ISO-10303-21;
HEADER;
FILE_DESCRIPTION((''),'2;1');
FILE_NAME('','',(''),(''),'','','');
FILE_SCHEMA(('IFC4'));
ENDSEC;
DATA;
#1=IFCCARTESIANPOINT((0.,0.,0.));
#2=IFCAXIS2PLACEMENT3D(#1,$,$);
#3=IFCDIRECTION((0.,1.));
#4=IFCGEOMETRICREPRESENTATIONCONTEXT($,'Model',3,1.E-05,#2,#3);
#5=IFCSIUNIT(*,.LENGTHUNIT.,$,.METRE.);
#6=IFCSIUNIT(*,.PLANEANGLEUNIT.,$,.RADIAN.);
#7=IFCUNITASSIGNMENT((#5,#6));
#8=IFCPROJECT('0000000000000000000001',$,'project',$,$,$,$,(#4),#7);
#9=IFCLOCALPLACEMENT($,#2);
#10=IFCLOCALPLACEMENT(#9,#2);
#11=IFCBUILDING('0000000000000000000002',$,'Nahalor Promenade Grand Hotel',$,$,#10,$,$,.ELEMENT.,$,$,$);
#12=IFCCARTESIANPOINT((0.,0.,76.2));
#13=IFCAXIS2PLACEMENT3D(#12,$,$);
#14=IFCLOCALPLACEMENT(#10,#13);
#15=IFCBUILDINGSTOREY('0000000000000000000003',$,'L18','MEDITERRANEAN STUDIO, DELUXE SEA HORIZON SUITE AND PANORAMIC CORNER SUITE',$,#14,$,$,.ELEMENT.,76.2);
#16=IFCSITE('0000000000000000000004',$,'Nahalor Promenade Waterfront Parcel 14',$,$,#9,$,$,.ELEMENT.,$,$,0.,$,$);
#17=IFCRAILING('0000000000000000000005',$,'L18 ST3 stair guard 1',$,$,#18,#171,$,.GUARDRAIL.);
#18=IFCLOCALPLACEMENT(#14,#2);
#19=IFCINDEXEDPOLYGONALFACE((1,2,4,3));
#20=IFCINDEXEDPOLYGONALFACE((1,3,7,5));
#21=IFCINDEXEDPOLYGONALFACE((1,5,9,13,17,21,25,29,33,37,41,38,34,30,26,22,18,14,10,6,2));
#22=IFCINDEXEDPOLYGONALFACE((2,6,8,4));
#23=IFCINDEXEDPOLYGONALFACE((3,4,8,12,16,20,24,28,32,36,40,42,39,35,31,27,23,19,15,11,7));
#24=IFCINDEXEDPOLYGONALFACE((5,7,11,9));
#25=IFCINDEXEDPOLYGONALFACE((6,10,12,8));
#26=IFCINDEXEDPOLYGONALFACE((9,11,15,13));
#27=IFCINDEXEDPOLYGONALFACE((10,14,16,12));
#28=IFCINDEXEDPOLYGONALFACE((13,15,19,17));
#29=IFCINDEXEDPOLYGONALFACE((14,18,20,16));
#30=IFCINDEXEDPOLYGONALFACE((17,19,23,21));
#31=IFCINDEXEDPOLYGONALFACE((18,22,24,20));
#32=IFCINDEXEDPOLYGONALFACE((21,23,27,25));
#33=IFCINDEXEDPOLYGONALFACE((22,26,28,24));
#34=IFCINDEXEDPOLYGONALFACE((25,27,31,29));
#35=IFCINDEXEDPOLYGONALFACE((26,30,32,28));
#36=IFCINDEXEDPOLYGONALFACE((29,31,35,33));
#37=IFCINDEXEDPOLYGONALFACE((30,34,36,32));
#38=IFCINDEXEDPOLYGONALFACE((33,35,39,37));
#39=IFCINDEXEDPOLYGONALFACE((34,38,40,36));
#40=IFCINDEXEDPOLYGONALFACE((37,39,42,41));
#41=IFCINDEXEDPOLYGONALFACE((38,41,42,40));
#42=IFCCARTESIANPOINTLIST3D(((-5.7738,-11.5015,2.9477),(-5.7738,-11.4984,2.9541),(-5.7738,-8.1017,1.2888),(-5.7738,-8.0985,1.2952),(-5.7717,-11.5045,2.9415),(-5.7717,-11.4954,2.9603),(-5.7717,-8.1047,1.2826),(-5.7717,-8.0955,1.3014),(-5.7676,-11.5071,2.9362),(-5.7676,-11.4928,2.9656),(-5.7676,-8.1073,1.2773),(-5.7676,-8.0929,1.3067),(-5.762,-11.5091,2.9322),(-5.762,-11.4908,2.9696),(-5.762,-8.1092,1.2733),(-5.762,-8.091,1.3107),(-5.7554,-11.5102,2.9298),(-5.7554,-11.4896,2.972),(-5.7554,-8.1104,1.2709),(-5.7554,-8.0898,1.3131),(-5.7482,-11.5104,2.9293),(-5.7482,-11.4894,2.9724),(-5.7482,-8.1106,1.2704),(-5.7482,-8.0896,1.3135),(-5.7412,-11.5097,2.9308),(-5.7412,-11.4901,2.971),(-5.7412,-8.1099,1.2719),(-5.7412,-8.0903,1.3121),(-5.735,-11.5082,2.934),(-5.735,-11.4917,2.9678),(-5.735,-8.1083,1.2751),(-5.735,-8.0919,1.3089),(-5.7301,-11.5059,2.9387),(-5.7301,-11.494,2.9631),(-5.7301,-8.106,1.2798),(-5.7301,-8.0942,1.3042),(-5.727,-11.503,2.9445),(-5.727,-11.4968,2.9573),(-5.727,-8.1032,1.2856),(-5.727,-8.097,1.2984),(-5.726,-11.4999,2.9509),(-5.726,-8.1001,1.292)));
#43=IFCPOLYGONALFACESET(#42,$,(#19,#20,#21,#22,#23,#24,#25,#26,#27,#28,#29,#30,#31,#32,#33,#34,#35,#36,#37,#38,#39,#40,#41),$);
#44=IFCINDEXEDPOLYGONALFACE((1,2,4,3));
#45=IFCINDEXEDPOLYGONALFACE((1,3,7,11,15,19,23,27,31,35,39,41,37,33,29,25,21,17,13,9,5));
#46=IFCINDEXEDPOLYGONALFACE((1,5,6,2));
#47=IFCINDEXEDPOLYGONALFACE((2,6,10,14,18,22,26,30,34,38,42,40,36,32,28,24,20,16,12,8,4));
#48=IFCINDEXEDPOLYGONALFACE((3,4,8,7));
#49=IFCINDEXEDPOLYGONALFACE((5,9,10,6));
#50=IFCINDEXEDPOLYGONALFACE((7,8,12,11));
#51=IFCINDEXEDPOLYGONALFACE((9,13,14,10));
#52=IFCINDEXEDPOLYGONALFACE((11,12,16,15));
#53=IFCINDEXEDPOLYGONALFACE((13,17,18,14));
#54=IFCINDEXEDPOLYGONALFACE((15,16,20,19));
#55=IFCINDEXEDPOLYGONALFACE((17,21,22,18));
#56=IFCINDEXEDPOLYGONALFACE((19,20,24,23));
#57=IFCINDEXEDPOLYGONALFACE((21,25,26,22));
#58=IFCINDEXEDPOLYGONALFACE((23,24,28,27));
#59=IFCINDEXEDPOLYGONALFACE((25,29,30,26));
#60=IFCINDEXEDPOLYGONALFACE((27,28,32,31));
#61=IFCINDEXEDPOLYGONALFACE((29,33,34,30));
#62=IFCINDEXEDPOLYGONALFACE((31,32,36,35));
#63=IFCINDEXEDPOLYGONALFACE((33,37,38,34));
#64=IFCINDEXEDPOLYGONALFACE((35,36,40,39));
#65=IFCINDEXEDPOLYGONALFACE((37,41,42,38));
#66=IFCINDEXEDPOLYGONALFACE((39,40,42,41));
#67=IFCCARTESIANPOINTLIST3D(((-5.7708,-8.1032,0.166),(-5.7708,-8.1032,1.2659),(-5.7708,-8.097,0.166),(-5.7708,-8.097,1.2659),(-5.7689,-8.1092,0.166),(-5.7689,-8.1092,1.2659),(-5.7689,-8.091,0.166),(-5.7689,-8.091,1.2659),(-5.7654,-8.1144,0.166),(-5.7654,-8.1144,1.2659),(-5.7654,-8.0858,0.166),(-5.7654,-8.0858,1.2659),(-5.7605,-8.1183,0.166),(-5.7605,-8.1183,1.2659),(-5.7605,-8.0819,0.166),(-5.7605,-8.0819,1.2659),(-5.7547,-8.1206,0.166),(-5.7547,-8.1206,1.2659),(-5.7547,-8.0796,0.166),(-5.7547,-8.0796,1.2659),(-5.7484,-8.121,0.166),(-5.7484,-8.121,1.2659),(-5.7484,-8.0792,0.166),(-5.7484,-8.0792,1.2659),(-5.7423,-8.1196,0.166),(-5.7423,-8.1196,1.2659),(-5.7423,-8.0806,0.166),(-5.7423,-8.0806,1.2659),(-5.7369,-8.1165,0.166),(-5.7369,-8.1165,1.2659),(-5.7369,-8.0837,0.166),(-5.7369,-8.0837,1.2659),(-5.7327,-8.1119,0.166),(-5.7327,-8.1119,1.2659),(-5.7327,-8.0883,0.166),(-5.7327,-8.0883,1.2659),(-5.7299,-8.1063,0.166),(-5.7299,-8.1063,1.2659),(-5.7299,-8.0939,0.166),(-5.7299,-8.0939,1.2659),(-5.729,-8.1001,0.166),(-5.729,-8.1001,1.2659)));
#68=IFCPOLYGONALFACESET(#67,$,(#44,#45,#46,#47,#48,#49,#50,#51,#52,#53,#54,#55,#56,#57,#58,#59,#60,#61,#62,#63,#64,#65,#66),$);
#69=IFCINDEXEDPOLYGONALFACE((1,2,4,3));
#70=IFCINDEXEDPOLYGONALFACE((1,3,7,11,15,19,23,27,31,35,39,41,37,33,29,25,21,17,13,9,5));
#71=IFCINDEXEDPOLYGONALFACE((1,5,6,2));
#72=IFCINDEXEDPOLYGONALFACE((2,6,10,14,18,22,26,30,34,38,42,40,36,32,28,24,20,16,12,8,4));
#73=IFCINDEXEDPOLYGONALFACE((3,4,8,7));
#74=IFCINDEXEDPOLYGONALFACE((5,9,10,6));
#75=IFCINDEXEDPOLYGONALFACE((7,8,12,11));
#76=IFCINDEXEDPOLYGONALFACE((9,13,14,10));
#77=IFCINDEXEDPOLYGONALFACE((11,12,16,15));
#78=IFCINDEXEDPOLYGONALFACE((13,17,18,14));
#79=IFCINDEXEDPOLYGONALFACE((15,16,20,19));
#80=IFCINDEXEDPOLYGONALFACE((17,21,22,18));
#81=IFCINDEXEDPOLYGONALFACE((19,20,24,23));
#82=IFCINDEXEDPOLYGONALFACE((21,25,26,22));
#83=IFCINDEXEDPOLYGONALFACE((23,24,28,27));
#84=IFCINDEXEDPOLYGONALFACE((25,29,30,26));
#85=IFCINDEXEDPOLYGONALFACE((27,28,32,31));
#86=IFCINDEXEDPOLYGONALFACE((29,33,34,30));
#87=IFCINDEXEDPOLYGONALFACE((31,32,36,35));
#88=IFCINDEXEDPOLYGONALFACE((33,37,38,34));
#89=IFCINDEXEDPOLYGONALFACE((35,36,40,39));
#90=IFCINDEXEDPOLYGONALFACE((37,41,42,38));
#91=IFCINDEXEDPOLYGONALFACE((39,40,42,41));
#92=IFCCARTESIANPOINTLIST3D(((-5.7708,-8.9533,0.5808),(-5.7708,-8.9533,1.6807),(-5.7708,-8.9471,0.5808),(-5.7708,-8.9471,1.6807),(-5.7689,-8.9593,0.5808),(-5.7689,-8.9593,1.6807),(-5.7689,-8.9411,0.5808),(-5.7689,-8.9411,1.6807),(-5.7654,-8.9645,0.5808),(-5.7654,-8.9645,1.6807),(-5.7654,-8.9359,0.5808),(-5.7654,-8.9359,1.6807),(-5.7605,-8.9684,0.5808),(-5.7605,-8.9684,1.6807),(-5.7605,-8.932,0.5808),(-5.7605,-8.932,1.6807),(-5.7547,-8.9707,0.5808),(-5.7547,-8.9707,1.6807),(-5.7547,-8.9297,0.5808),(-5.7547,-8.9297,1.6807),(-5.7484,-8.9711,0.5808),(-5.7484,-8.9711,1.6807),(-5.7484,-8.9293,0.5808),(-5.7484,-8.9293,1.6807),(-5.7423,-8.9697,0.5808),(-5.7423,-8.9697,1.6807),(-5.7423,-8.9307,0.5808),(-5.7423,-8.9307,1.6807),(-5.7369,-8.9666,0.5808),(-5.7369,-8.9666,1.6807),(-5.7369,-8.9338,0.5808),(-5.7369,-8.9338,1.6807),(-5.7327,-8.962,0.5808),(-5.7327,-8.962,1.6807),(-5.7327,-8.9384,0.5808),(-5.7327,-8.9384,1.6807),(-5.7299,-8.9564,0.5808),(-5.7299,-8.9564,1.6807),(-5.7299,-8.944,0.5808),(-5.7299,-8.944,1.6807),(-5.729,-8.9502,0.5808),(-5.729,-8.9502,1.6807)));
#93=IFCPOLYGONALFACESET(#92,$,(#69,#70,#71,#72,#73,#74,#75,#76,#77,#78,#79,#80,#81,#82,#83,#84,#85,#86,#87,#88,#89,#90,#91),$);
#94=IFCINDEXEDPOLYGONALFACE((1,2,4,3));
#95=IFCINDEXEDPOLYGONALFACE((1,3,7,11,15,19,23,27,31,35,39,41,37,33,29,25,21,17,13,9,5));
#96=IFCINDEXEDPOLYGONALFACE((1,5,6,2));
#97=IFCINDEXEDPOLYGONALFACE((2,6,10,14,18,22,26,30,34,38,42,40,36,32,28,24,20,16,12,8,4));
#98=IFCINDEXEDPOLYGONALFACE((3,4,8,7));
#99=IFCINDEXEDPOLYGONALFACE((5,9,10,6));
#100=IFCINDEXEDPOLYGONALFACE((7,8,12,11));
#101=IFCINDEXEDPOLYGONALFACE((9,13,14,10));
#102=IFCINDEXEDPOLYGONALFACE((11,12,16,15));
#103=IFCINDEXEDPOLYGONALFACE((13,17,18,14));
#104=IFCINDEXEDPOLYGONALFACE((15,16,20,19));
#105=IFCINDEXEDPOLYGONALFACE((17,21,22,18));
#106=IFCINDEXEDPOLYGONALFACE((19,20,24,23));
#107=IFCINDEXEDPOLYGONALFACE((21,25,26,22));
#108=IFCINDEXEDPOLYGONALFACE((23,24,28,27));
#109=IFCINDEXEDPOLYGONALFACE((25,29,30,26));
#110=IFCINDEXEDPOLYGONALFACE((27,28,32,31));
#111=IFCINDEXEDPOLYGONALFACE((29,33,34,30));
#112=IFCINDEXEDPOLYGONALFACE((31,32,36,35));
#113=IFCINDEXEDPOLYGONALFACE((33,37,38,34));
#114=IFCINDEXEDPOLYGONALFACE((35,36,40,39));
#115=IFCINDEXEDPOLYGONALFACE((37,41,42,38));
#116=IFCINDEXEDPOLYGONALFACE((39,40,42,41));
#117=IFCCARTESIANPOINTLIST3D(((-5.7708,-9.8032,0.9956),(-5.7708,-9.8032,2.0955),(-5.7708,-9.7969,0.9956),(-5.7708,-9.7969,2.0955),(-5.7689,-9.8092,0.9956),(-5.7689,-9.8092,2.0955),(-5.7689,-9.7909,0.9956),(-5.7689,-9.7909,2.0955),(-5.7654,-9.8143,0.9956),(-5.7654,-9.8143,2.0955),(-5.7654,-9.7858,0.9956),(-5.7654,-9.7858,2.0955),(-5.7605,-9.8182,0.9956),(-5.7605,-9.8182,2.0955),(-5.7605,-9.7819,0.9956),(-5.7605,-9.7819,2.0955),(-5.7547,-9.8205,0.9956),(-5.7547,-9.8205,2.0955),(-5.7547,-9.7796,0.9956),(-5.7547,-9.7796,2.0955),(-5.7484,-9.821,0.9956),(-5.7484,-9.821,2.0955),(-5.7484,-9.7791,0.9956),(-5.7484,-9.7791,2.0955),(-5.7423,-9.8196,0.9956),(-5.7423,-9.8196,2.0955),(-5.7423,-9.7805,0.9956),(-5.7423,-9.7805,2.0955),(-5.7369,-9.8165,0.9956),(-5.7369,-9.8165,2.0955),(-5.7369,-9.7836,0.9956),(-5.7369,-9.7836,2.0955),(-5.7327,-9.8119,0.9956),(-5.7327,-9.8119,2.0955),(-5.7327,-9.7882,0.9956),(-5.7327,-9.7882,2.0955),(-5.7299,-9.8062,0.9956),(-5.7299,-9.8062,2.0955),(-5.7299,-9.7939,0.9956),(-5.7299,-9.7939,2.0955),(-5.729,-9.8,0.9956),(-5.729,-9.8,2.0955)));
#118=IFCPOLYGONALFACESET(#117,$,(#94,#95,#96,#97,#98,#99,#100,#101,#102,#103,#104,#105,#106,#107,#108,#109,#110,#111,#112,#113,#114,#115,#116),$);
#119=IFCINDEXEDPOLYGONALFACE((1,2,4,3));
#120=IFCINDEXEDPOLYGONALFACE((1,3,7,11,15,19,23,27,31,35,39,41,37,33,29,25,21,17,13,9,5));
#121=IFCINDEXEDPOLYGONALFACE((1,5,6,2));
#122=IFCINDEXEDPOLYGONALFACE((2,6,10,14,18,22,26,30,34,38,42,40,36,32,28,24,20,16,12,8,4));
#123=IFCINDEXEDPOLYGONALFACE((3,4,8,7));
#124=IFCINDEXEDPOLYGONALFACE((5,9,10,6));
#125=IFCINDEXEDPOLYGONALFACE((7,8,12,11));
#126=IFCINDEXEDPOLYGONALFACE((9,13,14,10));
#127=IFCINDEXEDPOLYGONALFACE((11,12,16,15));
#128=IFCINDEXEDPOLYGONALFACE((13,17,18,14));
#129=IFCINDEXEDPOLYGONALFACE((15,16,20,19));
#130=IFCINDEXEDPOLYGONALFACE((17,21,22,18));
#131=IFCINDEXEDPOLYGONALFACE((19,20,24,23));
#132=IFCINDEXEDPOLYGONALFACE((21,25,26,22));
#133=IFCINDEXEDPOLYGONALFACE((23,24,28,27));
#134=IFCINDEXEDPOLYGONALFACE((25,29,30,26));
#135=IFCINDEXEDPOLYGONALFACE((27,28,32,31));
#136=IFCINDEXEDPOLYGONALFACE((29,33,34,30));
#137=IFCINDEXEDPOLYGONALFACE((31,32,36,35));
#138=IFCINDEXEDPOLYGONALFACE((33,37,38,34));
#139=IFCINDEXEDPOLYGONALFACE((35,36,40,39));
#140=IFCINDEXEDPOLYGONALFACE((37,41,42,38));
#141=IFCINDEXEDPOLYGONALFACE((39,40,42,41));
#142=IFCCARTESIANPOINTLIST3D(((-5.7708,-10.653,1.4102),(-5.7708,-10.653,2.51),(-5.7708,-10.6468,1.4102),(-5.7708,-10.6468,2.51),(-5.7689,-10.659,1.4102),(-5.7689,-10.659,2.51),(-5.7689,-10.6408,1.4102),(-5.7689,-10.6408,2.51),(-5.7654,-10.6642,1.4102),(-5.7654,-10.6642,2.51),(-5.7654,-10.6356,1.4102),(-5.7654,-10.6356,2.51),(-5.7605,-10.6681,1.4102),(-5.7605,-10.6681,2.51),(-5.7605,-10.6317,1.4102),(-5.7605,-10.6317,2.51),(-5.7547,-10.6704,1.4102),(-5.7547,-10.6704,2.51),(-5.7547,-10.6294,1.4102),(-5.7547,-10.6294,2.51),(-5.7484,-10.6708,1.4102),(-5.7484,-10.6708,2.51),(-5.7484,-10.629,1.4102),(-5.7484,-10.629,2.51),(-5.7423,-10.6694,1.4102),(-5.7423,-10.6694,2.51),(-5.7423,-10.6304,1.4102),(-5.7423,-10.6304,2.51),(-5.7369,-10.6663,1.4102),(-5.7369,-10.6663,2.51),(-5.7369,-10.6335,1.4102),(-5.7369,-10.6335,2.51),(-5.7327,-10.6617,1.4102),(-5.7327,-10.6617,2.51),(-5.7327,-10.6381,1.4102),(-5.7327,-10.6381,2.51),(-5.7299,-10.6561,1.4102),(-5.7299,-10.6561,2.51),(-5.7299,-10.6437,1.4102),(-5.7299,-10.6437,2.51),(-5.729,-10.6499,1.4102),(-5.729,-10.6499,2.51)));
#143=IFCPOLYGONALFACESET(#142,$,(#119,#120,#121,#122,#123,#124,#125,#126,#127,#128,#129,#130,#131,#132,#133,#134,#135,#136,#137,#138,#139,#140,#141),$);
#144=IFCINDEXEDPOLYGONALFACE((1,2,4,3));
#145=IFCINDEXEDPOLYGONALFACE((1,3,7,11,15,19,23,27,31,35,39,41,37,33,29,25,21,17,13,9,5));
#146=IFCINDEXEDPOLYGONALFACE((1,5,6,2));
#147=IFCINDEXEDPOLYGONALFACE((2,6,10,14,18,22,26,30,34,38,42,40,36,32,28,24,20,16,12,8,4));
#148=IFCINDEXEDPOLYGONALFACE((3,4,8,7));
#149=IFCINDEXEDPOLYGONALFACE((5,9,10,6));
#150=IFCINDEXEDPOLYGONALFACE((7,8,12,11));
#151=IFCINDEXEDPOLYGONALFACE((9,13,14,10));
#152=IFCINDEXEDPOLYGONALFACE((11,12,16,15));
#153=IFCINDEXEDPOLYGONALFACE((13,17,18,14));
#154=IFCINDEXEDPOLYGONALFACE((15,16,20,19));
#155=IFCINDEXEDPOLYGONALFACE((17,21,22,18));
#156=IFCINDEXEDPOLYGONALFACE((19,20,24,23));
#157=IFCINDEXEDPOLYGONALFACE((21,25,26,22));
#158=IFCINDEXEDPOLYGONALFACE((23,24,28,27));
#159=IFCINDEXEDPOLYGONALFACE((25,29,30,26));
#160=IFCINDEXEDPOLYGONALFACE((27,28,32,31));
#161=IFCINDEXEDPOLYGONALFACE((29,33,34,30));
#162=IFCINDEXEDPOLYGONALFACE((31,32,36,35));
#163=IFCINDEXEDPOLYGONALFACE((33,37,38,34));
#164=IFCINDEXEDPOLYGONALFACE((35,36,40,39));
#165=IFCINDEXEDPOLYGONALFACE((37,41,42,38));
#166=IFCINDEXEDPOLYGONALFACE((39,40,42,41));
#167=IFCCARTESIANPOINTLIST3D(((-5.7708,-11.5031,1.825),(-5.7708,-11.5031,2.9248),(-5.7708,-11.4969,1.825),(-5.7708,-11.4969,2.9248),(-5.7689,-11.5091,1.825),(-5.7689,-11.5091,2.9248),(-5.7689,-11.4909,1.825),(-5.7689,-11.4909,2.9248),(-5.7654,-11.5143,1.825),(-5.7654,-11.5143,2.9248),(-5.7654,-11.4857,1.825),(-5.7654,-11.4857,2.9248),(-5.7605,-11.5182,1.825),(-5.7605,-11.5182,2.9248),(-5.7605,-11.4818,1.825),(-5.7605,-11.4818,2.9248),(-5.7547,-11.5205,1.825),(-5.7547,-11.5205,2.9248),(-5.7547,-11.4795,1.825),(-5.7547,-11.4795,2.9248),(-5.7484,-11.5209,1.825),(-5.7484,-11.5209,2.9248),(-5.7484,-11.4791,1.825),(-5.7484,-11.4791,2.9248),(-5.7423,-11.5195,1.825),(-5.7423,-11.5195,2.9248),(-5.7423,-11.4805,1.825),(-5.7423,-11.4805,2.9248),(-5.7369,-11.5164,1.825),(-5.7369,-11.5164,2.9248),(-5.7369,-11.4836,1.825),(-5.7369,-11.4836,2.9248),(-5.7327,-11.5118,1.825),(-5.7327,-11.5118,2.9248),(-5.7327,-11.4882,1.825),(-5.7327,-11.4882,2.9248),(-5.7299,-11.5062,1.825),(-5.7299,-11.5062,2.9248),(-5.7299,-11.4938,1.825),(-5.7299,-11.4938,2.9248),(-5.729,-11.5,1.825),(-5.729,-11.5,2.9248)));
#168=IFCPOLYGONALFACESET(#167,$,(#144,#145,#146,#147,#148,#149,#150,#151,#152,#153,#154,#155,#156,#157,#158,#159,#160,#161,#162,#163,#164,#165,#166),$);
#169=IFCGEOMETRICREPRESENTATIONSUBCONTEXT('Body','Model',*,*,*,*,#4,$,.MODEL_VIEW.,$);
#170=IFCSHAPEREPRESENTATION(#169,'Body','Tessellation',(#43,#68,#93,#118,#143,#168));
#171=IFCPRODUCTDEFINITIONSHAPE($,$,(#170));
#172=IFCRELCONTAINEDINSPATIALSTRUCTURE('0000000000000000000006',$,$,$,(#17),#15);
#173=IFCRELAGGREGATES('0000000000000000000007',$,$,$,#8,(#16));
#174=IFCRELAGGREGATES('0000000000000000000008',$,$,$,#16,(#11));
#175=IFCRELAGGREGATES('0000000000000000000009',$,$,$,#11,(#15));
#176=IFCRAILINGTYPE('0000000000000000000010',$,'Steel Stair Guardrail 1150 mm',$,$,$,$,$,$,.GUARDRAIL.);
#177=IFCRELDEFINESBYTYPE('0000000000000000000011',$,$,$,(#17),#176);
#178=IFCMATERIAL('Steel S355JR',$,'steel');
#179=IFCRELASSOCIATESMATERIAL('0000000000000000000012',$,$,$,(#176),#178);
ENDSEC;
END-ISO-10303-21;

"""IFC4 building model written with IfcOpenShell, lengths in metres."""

from ifc_helpers import new_model, si_unit, direction, frame, origin, origin_2d, place, context, subcontext, project, spatial, circle, extrude, material, type_object, element, save


model = new_model("IFC4")

# Units and contexts
model_context = context("Model", 3, precision=1e-05, world=origin(), true_north=direction((0.0, 1.0)))
body_context = subcontext(model_context, "Body", "Model", "MODEL_VIEW")
ifc_project = project(units=[si_unit("LENGTHUNIT", "METRE"), si_unit("PLANEANGLEUNIT", "RADIAN")], contexts=[model_context])

# Site, building, storey
site_placement = place(None, origin())
site = spatial("IfcSite", under=ifc_project, at=site_placement, Name="Nahalor Promenade Waterfront Parcel 14", CompositionType="ELEMENT", RefElevation=0.0)
building_placement = place(site_placement, origin())
building = spatial("IfcBuilding", under=site, at=building_placement, Name="Nahalor Promenade Grand Hotel", CompositionType="ELEMENT")
storey_placement = place(building_placement, frame((0.0, 0.0, 76.2)))
storey = spatial("IfcBuildingStorey", under=building, at=storey_placement, Name="L18", Description="MEDITERRANEAN STUDIO, DELUXE SEA HORIZON SUITE AND PANORAMIC CORNER SUITE", CompositionType="ELEMENT", Elevation=76.2)

# Shared definitions
ifc_material_1 = material(Name="Steel S355JR", Category="steel")

# Railing
railing_type_1 = type_object("IfcRailingType", Name="Steel Stair Guardrail 1150 mm", PredefinedType="GUARDRAIL", material=ifc_material_1)
railing_1_placement = place(storey_placement, frame((-5.75, -8.1001, 0.166)))
element("IfcRailing", 1, at=railing_1_placement, inside=storey, type_object=railing_type_1, Name="L18 ST3 stair guard 1", PredefinedType="GUARDRAIL", context=body_context, shape_type="SweptSolid", body=[
    extrude(circle(Radius=0.024, at=origin_2d()), frame((0.0, 0.0, 1.126), z_axis=(0.0, -0.898722, 0.438519), x_axis=(1.0, 0.0, 0.0)), (0.0, 0.0, 1.0), 3.783),
    extrude(circle(Radius=0.021, at=origin_2d()), origin(), (0.0, 0.0, 1.0), 1.0999),
    extrude(circle(Radius=0.021, at=origin_2d()), frame((0.0, -0.8501, 0.4148)), (0.0, 0.0, 1.0), 1.0999),
    extrude(circle(Radius=0.021, at=origin_2d()), frame((0.0, -1.7, 0.8296)), (0.0, 0.0, 1.0), 1.0999),
    extrude(circle(Radius=0.021, at=origin_2d()), frame((0.0, -2.5498, 1.2441)), (0.0, 0.0, 1.0), 1.0999),
    extrude(circle(Radius=0.021, at=origin_2d()), frame((0.0, -3.3999, 1.6589)), (0.0, 0.0, 1.0), 1.0999),
])

save(model, "model.ifc")
